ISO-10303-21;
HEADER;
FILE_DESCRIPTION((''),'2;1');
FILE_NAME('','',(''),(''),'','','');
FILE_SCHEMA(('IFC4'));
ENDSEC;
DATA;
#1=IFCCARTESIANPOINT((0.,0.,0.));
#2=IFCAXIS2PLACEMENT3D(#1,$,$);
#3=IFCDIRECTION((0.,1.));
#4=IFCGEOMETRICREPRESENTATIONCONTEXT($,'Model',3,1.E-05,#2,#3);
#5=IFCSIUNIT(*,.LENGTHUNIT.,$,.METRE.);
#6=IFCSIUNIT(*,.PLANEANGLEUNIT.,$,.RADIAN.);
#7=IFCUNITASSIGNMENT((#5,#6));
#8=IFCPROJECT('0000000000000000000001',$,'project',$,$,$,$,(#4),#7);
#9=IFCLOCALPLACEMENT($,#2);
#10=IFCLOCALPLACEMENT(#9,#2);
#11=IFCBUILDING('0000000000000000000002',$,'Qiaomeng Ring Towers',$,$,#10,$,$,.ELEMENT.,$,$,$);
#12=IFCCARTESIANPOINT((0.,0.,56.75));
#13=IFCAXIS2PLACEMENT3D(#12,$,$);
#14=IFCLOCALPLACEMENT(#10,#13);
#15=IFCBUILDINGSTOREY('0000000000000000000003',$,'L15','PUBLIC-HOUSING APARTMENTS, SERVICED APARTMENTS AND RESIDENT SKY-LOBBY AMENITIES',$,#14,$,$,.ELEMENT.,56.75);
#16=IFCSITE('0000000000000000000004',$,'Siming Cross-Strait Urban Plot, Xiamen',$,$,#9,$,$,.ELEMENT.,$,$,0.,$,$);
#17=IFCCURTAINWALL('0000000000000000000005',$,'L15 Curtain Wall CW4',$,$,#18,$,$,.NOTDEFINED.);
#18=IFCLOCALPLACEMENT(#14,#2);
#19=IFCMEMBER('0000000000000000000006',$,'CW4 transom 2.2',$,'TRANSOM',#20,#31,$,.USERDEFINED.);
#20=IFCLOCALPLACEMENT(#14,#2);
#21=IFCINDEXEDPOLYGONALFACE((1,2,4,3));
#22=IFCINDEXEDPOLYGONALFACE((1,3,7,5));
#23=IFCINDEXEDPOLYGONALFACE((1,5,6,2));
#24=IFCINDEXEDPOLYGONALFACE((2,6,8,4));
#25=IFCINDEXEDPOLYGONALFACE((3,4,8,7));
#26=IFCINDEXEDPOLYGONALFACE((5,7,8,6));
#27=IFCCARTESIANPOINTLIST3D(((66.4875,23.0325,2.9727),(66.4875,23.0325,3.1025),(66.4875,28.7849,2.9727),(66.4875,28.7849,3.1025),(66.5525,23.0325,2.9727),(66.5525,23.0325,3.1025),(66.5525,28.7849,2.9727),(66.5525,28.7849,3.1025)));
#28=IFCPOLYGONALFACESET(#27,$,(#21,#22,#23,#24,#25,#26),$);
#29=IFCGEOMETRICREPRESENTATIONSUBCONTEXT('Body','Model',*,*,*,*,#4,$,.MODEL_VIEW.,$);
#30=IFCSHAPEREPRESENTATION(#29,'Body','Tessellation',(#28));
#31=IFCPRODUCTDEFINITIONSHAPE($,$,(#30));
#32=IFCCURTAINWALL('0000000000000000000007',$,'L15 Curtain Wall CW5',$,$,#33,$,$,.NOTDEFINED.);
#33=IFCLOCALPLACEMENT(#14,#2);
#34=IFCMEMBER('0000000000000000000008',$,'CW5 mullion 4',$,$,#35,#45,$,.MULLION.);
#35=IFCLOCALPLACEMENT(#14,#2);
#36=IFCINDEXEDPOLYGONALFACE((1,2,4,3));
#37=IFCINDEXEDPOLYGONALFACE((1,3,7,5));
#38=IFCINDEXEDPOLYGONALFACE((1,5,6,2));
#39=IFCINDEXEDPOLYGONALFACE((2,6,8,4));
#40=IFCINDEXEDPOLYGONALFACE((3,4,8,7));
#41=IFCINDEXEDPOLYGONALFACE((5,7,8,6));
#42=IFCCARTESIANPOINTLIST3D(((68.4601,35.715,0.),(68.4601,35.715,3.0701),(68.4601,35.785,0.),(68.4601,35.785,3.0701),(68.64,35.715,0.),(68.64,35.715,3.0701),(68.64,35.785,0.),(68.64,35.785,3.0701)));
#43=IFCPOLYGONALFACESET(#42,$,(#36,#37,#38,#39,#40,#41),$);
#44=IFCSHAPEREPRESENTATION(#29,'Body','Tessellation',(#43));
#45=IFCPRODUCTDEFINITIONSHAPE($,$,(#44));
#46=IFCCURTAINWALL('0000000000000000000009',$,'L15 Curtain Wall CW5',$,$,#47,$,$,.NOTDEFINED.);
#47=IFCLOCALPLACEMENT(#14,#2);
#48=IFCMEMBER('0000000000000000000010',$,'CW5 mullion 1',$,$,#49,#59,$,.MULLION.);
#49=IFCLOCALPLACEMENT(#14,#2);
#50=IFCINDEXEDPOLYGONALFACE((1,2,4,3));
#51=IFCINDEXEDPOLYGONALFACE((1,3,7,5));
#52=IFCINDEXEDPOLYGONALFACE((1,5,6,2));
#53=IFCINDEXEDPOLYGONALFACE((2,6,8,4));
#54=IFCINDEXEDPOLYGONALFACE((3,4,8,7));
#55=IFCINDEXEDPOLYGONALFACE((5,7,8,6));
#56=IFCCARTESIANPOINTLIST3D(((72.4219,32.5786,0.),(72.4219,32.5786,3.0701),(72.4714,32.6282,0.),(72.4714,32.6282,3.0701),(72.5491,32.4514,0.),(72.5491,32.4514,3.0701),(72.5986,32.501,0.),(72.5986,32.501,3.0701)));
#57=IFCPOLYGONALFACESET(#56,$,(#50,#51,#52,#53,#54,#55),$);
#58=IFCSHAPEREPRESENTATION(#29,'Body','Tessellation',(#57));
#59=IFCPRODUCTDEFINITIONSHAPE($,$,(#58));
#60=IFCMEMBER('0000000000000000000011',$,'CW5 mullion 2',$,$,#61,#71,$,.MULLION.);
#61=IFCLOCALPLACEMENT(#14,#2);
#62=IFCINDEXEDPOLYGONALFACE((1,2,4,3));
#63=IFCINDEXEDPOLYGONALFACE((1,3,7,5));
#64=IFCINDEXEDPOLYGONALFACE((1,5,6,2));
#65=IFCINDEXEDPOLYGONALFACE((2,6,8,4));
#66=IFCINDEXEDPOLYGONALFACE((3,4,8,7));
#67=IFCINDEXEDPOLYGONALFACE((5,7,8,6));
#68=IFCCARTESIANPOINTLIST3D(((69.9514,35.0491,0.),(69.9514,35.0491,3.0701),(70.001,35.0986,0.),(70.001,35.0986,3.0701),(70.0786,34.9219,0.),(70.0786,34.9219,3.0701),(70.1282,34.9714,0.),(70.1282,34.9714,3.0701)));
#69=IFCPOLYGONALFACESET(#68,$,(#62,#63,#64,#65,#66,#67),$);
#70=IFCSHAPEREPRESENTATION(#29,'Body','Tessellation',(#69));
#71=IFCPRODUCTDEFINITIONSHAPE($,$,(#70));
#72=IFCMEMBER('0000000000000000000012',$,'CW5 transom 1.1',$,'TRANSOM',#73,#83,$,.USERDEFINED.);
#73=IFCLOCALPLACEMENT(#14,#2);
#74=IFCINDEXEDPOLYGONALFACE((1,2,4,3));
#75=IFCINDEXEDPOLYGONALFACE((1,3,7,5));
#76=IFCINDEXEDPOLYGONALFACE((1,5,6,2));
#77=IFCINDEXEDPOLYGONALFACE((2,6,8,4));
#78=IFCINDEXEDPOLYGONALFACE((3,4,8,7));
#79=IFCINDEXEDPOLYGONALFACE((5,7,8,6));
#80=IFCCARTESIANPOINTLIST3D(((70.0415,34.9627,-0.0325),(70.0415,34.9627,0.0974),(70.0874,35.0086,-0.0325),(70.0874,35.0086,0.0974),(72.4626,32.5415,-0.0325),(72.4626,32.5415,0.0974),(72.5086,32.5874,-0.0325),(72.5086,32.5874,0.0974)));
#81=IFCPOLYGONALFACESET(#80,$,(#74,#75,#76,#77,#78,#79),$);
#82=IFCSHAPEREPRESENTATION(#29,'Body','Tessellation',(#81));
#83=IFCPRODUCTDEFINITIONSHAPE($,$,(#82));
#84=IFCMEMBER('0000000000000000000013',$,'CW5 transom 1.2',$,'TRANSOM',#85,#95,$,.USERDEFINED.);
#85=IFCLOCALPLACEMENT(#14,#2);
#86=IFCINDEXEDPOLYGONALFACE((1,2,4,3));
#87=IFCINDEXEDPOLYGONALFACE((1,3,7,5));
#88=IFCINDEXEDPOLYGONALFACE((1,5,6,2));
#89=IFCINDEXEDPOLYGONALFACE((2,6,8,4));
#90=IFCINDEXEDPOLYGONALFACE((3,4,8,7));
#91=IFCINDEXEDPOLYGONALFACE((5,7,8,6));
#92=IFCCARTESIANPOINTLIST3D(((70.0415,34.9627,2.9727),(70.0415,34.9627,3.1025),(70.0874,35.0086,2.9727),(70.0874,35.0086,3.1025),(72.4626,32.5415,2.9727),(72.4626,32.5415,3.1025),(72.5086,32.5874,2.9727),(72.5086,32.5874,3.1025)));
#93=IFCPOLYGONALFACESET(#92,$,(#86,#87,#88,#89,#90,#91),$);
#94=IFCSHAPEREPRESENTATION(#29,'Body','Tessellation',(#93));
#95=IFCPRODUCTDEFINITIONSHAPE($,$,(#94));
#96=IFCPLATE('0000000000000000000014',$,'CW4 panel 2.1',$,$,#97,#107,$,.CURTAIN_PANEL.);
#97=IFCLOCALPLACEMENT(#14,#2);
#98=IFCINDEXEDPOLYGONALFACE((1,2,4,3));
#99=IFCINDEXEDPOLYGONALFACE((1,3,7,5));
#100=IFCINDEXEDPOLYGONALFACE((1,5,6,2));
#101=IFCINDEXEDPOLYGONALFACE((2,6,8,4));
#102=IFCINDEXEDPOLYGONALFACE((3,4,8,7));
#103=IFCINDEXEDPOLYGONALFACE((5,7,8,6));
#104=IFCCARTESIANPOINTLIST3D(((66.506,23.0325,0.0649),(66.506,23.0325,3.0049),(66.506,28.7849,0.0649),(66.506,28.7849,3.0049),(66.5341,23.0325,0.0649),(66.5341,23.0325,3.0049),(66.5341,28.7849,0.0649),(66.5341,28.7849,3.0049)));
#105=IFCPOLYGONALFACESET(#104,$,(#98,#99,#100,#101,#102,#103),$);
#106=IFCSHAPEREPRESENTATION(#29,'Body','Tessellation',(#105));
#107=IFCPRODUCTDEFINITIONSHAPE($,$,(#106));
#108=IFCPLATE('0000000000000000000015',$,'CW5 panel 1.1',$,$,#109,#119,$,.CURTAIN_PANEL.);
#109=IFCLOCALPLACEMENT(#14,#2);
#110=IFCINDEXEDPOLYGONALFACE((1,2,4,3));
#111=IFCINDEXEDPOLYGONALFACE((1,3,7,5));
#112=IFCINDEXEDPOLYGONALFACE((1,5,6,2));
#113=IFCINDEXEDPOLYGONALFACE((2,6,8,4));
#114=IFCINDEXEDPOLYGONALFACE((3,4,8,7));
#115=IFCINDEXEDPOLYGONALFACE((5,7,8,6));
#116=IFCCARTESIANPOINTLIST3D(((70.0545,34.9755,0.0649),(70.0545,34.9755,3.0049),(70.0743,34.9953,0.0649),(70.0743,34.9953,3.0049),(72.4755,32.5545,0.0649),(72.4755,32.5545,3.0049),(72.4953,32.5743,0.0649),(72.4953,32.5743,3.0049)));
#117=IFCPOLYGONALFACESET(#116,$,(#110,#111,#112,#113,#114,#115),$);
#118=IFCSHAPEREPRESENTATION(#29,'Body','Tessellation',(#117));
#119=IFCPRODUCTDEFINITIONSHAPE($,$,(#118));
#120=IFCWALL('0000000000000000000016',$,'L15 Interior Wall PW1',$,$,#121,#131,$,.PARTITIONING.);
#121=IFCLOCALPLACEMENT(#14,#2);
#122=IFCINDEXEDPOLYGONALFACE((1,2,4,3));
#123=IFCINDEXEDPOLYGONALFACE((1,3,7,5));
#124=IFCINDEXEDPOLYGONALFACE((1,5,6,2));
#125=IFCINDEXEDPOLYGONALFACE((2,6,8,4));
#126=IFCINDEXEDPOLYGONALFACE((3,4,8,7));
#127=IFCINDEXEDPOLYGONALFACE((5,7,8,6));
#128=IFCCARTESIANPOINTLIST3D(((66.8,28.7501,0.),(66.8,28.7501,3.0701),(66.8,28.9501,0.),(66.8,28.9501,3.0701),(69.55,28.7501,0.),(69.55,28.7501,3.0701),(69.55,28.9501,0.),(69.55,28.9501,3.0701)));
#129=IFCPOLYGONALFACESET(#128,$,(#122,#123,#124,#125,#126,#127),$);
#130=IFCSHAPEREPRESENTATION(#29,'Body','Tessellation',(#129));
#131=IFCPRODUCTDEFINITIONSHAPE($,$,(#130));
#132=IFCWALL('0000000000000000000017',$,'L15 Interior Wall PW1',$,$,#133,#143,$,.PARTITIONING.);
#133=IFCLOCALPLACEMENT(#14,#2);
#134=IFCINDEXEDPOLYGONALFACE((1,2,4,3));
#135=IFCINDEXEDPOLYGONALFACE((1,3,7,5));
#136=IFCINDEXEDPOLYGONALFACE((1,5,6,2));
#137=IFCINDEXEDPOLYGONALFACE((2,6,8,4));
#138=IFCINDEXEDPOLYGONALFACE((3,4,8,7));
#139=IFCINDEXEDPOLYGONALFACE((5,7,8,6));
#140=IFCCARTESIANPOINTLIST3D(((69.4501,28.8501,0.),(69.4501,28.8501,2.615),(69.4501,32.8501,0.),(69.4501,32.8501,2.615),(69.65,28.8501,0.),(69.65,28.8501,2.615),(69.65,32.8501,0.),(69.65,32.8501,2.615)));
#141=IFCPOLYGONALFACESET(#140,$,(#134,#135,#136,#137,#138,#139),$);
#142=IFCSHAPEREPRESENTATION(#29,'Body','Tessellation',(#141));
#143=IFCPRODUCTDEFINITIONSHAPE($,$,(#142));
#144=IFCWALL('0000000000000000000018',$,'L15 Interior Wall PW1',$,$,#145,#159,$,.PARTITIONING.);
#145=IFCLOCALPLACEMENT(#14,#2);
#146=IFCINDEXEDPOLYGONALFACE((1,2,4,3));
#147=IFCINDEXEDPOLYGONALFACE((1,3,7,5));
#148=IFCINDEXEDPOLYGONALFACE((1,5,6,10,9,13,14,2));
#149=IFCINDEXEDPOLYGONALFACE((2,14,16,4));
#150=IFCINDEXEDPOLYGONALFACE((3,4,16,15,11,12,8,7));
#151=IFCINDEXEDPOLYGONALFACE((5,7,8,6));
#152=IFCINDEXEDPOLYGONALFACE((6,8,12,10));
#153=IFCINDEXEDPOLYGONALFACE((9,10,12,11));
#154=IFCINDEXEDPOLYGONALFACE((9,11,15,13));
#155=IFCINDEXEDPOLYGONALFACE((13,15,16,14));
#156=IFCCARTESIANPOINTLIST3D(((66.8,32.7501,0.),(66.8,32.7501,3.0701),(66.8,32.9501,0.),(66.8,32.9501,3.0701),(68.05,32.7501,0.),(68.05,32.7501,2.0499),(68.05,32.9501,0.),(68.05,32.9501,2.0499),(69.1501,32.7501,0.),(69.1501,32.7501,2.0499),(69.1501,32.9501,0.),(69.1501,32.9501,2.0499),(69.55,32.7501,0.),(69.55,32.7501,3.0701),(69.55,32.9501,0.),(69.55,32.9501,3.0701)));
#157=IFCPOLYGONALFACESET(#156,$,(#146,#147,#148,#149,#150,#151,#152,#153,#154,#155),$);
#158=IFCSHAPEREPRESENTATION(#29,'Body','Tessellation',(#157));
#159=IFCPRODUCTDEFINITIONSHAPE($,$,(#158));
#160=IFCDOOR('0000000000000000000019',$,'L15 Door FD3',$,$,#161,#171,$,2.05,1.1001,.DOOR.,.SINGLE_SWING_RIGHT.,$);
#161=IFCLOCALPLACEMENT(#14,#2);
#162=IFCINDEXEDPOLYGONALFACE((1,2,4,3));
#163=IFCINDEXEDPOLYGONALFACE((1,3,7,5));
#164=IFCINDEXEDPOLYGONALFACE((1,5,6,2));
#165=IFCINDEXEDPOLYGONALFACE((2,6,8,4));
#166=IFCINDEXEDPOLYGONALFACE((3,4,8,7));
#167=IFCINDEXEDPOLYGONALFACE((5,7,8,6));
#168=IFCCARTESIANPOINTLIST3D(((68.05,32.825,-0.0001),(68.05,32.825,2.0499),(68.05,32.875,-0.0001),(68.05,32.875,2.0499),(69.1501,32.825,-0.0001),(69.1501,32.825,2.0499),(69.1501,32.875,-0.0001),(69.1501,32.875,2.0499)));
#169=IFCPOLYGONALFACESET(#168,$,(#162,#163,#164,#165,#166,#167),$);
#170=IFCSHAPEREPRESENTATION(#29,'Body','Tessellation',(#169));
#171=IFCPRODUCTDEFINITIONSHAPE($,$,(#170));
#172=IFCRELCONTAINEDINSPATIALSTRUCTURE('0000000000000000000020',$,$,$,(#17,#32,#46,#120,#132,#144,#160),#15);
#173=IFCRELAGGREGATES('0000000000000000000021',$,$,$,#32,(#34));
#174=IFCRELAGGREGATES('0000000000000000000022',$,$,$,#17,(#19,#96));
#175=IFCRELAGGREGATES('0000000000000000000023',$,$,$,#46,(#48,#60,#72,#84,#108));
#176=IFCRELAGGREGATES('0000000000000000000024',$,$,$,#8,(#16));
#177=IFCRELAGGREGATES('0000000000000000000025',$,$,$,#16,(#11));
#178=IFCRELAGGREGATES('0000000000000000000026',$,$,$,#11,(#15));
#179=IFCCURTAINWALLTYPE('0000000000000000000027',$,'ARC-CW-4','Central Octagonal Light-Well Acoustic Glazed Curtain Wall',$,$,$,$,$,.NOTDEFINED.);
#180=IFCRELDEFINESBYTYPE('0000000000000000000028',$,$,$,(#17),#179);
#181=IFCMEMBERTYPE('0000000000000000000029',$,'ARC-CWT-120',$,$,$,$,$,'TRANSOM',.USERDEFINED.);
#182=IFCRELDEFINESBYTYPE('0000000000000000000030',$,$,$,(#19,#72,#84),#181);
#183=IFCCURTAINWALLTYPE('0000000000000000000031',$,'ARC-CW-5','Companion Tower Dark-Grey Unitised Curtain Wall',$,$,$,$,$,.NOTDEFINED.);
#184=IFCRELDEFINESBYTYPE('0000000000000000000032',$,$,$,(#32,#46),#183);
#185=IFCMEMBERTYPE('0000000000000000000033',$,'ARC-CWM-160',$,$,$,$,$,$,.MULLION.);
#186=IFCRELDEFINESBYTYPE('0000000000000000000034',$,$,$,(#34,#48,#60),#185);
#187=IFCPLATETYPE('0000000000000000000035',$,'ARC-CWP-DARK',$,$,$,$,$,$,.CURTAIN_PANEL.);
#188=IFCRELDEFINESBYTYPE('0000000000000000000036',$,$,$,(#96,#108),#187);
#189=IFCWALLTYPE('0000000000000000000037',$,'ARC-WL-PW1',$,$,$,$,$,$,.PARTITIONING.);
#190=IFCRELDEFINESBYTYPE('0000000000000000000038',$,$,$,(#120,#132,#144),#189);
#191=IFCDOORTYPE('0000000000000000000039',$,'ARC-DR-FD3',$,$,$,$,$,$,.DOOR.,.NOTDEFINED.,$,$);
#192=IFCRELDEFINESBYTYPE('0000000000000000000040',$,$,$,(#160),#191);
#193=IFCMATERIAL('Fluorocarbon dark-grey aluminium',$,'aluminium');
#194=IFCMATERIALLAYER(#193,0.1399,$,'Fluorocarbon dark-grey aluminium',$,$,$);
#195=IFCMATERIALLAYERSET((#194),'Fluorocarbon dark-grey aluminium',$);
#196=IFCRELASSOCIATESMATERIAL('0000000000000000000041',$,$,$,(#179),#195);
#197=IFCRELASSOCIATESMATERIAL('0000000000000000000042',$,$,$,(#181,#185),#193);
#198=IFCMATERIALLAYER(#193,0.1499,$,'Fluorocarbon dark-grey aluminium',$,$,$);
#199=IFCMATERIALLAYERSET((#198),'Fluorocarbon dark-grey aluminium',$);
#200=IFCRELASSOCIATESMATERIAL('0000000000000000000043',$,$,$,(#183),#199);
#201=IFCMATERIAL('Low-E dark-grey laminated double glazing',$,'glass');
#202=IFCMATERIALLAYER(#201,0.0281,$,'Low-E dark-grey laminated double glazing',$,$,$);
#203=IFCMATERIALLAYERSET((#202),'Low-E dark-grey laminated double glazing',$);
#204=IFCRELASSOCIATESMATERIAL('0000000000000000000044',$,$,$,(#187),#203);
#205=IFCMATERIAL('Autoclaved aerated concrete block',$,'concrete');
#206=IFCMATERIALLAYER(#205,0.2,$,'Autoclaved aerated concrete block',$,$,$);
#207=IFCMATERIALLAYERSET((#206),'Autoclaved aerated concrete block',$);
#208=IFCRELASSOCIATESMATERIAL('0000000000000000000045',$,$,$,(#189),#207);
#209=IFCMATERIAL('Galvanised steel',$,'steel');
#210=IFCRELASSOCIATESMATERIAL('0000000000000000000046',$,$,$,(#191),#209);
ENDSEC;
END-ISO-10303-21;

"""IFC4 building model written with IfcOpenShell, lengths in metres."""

from ifc_helpers import new_model, si_unit, direction, frame, frame_2d, origin, origin_2d, place, context, subcontext, project, spatial, rectangle, extrude, source, transform, mapped, material, layer, layer_set, material_profile, profile_set, type_object, element, fill, aggregate, save


model = new_model("IFC4")

# Units and contexts
model_context = context("Model", 3, precision=1e-05, world=origin(), true_north=direction((0.0, 1.0)))
body_context = subcontext(model_context, "Body", "Model", "MODEL_VIEW")
ifc_project = project(units=[si_unit("LENGTHUNIT", "METRE"), si_unit("PLANEANGLEUNIT", "RADIAN")], contexts=[model_context])

# Site, building, storey
site_placement = place(None, origin())
site = spatial("IfcSite", under=ifc_project, at=site_placement, Name="Siming Cross-Strait Urban Plot, Xiamen", CompositionType="ELEMENT", RefElevation=0.0)
building_placement = place(site_placement, origin())
building = spatial("IfcBuilding", under=site, at=building_placement, Name="Qiaomeng Ring Towers", CompositionType="ELEMENT")
storey_placement = place(building_placement, frame((0.0, 0.0, 56.75)))
storey = spatial("IfcBuildingStorey", under=building, at=storey_placement, Name="L15", Description="PUBLIC-HOUSING APARTMENTS, SERVICED APARTMENTS AND RESIDENT SKY-LOBBY AMENITIES", CompositionType="ELEMENT", Elevation=56.75)

# Curtain wall, member
ifc_material_1 = material(Name="Fluorocarbon dark-grey aluminium", Category="aluminium")
ifc_layer_1 = layer(ifc_material_1, 0.1399, Name="Fluorocarbon dark-grey aluminium")
ifc_layer_set_1 = layer_set([ifc_layer_1], Name="Fluorocarbon dark-grey aluminium")
curtain_wall_type_1 = type_object("IfcCurtainWallType", Name="ARC-CW-4", Description="Central Octagonal Light-Well Acoustic Glazed Curtain Wall", PredefinedType="NOTDEFINED", material=ifc_layer_set_1)
curtain_wall_1_placement = place(storey_placement, origin())
curtain_wall_1 = element("IfcCurtainWall", 1, at=curtain_wall_1_placement, inside=storey, type_object=curtain_wall_type_1, Name="L15 Curtain Wall CW4", PredefinedType="NOTDEFINED")
ifc_material_profile_1 = material_profile(ifc_material_1, rectangle(XDim=0.0649, YDim=0.1299, at=origin_2d()), Name="ALU TRAN 65x130")
ifc_profile_set_1 = profile_set([ifc_material_profile_1], Name="Fluorocarbon dark-grey aluminium")
member_type_1 = type_object("IfcMemberType", Name="ARC-CWT-120", ElementType="TRANSOM", PredefinedType="USERDEFINED", material=ifc_profile_set_1)
shared_shape_1 = source(origin(), body_context, "Body", "SweptSolid", [
    extrude(rectangle(XDim=0.0649, YDim=0.1299, at=origin_2d()), origin(), (0.0, 0.0, 1.0), 5.7524),
])
member_1_placement = place(storey_placement, frame((66.52, 23.0325, 3.0376), z_axis=(0.0, 1.0, 0.0), x_axis=(-1.0, 0.0, 0.0)))
member_1 = element("IfcMember", 2, at=member_1_placement, type_object=member_type_1, Name="CW4 transom 2.2", ObjectType="TRANSOM", PredefinedType="USERDEFINED", context=body_context, shape_type="MappedRepresentation", body=[
    mapped(shared_shape_1, transform((0.0, 0.0, 0.0), x_axis=(1.0, 0.0, 0.0), y_axis=(0.0, 1.0, 0.0), z_axis=(0.0, 0.0, 1.0), scale=1.0)),
])

# Curtain wall, member
ifc_layer_2 = layer(ifc_material_1, 0.1499, Name="Fluorocarbon dark-grey aluminium")
ifc_layer_set_2 = layer_set([ifc_layer_2], Name="Fluorocarbon dark-grey aluminium")
curtain_wall_type_2 = type_object("IfcCurtainWallType", Name="ARC-CW-5", Description="Companion Tower Dark-Grey Unitised Curtain Wall", PredefinedType="NOTDEFINED", material=ifc_layer_set_2)
curtain_wall_2_placement = place(storey_placement, origin())
curtain_wall_2 = element("IfcCurtainWall", 3, at=curtain_wall_2_placement, inside=storey, type_object=curtain_wall_type_2, Name="L15 Curtain Wall CW5", PredefinedType="NOTDEFINED")
ifc_material_profile_2 = material_profile(ifc_material_1, rectangle(XDim=0.0701, YDim=0.1799, at=origin_2d()), Name="ALU MULL 70x180")
ifc_profile_set_2 = profile_set([ifc_material_profile_2], Name="Fluorocarbon dark-grey aluminium")
member_type_2 = type_object("IfcMemberType", Name="ARC-CWM-160", PredefinedType="MULLION", material=ifc_profile_set_2)
shared_shape_2 = source(origin(), body_context, "Body", "SweptSolid", [
    extrude(rectangle(XDim=0.0701, YDim=0.1799, at=origin_2d()), origin(), (0.0, 0.0, 1.0), 3.0701),
])
member_2_placement = place(storey_placement, frame((68.55, 35.75, 0.0), z_axis=(0.0, 0.0, 1.0), x_axis=(0.0, 1.0, 0.0)))
member_2 = element("IfcMember", 4, at=member_2_placement, type_object=member_type_2, Name="CW5 mullion 4", PredefinedType="MULLION", context=body_context, shape_type="MappedRepresentation", body=[
    mapped(shared_shape_2, transform((0.0, 0.0, 0.0), x_axis=(1.0, 0.0, 0.0), y_axis=(0.0, 1.0, 0.0), z_axis=(0.0, 0.0, 1.0), scale=1.0)),
])
aggregate(curtain_wall_2, [member_2])

# Curtain wall, members
curtain_wall_3_placement = place(storey_placement, origin())
curtain_wall_3 = element("IfcCurtainWall", 5, at=curtain_wall_3_placement, inside=storey, type_object=curtain_wall_type_2, Name="L15 Curtain Wall CW5", PredefinedType="NOTDEFINED")
member_3_placement = place(storey_placement, frame((72.5103, 32.5398, 0.0), z_axis=(0.0, 0.0, 1.0), x_axis=(-0.707107, -0.707107, 0.0)))
member_3 = element("IfcMember", 6, at=member_3_placement, type_object=member_type_2, Name="CW5 mullion 1", PredefinedType="MULLION", context=body_context, shape_type="MappedRepresentation", body=[
    mapped(shared_shape_2, transform((0.0, 0.0, 0.0), x_axis=(1.0, 0.0, 0.0), y_axis=(0.0, 1.0, 0.0), z_axis=(0.0, 0.0, 1.0), scale=1.0)),
])
member_4_placement = place(storey_placement, frame((70.0398, 35.0103, 0.0), z_axis=(0.0, 0.0, 1.0), x_axis=(-0.707107, -0.707107, 0.0)))
member_4 = element("IfcMember", 7, at=member_4_placement, type_object=member_type_2, Name="CW5 mullion 2", PredefinedType="MULLION", context=body_context, shape_type="MappedRepresentation", body=[
    mapped(shared_shape_2, transform((0.0, 0.0, 0.0), x_axis=(1.0, 0.0, 0.0), y_axis=(0.0, 1.0, 0.0), z_axis=(0.0, 0.0, 1.0), scale=1.0)),
])
shared_shape_3 = source(origin(), body_context, "Body", "SweptSolid", [
    extrude(rectangle(XDim=0.0649, YDim=0.1299, at=origin_2d()), origin(), (0.0, 0.0, 1.0), 3.4241),
])
member_5_placement = place(storey_placement, frame((72.4856, 32.5645, 0.0325), z_axis=(-0.707107, 0.707107, 0.0), x_axis=(-0.707107, -0.707107, 0.0)))
member_5 = element("IfcMember", 8, at=member_5_placement, type_object=member_type_1, Name="CW5 transom 1.1", ObjectType="TRANSOM", PredefinedType="USERDEFINED", context=body_context, shape_type="MappedRepresentation", body=[
    mapped(shared_shape_3, transform((0.0, 0.0, 0.0), x_axis=(1.0, 0.0, 0.0), y_axis=(0.0, 1.0, 0.0), z_axis=(0.0, 0.0, 1.0), scale=1.0)),
])
member_6_placement = place(storey_placement, frame((72.4856, 32.5645, 3.0376), z_axis=(-0.707107, 0.707107, 0.0), x_axis=(-0.707107, -0.707107, 0.0)))
member_6 = element("IfcMember", 9, at=member_6_placement, type_object=member_type_1, Name="CW5 transom 1.2", ObjectType="TRANSOM", PredefinedType="USERDEFINED", context=body_context, shape_type="MappedRepresentation", body=[
    mapped(shared_shape_3, transform((0.0, 0.0, 0.0), x_axis=(1.0, 0.0, 0.0), y_axis=(0.0, 1.0, 0.0), z_axis=(0.0, 0.0, 1.0), scale=1.0)),
])

# Plates
ifc_material_2 = material(Name="Low-E dark-grey laminated double glazing", Category="glass")
ifc_layer_3 = layer(ifc_material_2, 0.0281, Name="Low-E dark-grey laminated double glazing")
ifc_layer_set_3 = layer_set([ifc_layer_3], Name="Low-E dark-grey laminated double glazing")
plate_type = type_object("IfcPlateType", Name="ARC-CWP-DARK", PredefinedType="CURTAIN_PANEL", material=ifc_layer_set_3)
shared_shape_4 = source(origin(), body_context, "Body", "SweptSolid", [
    extrude(rectangle(XDim=5.7524, YDim=0.0281, at=origin_2d()), origin(), (0.0, 0.0, 1.0), 2.9399),
])
plate_1_placement = place(storey_placement, frame((66.52, 25.9087, 0.0649), z_axis=(0.0, 0.0, 1.0), x_axis=(0.0, 1.0, 0.0)))
plate_1 = element("IfcPlate", 10, at=plate_1_placement, type_object=plate_type, Name="CW4 panel 2.1", PredefinedType="CURTAIN_PANEL", context=body_context, shape_type="MappedRepresentation", body=[
    mapped(shared_shape_4, transform((0.0, 0.0, 0.0), x_axis=(1.0, 0.0, 0.0), y_axis=(0.0, 1.0, 0.0), z_axis=(0.0, 0.0, 1.0), scale=1.0)),
])
aggregate(curtain_wall_1, [member_1, plate_1])
shared_shape_5 = source(origin(), body_context, "Body", "SweptSolid", [
    extrude(rectangle(XDim=3.4238, YDim=0.0281, at=origin_2d()), origin(), (0.0, 0.0, 1.0), 2.9399),
])
plate_2_placement = place(storey_placement, frame((71.2749, 33.7749, 0.0649), z_axis=(0.0, 0.0, 1.0), x_axis=(-0.707107, 0.707107, 0.0)))
plate_2 = element("IfcPlate", 11, at=plate_2_placement, type_object=plate_type, Name="CW5 panel 1.1", PredefinedType="CURTAIN_PANEL", context=body_context, shape_type="MappedRepresentation", body=[
    mapped(shared_shape_5, transform((0.0, 0.0, 0.0), x_axis=(1.0, 0.0, 0.0), y_axis=(0.0, 1.0, 0.0), z_axis=(0.0, 0.0, 1.0), scale=1.0)),
])
aggregate(curtain_wall_3, [member_3, member_4, member_5, member_6, plate_2])

# Walls
ifc_material_3 = material(Name="Autoclaved aerated concrete block", Category="concrete")
ifc_layer_4 = layer(ifc_material_3, 0.2, Name="Autoclaved aerated concrete block")
ifc_layer_set_4 = layer_set([ifc_layer_4], Name="Autoclaved aerated concrete block")
wall_type_1 = type_object("IfcWallType", Name="ARC-WL-PW1", PredefinedType="PARTITIONING", material=ifc_layer_set_4)
wall_1_placement = place(storey_placement, frame((66.8, 28.8501, 0.0), z_axis=(0.0, 0.0, 1.0), x_axis=(1.0, 0.0, 0.0)))
element("IfcWall", 12, at=wall_1_placement, inside=storey, type_object=wall_type_1, Name="L15 Interior Wall PW1", PredefinedType="PARTITIONING", context=body_context, shape_type="SweptSolid", body=[
    extrude(rectangle(XDim=2.75, YDim=0.2, at=frame_2d((1.375, 0.0))), origin(), (0.0, 0.0, 1.0), 3.0701),
])
wall_2_placement = place(storey_placement, frame((69.55, 28.8501, 0.0), z_axis=(0.0, 0.0, 1.0), x_axis=(0.0, 1.0, 0.0)))
element("IfcWall", 13, at=wall_2_placement, inside=storey, type_object=wall_type_1, Name="L15 Interior Wall PW1", PredefinedType="PARTITIONING", context=body_context, shape_type="SweptSolid", body=[
    extrude(rectangle(XDim=4.0, YDim=0.2, at=frame_2d((2.0, 0.0))), origin(), (0.0, 0.0, 1.0), 2.615),
])

# Wall, opening, door
wall_3_placement = place(storey_placement, frame((66.8, 32.8501, 0.0), z_axis=(0.0, 0.0, 1.0), x_axis=(1.0, 0.0, 0.0)))
wall_3 = element("IfcWall", 14, at=wall_3_placement, inside=storey, type_object=wall_type_1, Name="L15 Interior Wall PW1", PredefinedType="PARTITIONING", context=body_context, shape_type="SweptSolid", body=[
    extrude(rectangle(XDim=2.75, YDim=0.2, at=frame_2d((1.375, 0.0))), origin(), (0.0, 0.0, 1.0), 3.0701),
])
opening_1_placement = place(wall_3_placement, frame((1.25, 0.0, 0.0)))
opening_1 = element("IfcOpeningElement", 15, at=opening_1_placement, cuts=wall_3, PredefinedType="OPENING", context=body_context, shape_type="SweptSolid", body=[
    extrude(rectangle(XDim=1.1001, YDim=2.05, at=frame_2d((0.55, 1.0249))), frame((0.0, 0.1099, 0.0), z_axis=(0.0, -1.0, 0.0), x_axis=(1.0, 0.0, 0.0)), (0.0, 0.0, 1.0), 0.22),
])
ifc_material_4 = material(Name="Galvanised steel", Category="steel")
door_type_1 = type_object("IfcDoorType", Name="ARC-DR-FD3", OperationType="NOTDEFINED", PredefinedType="DOOR", material=ifc_material_4)
shared_shape_6 = source(origin(), body_context, "Body", "SweptSolid", [
    extrude(rectangle(XDim=1.1001, YDim=2.05, at=frame_2d((0.55, 1.0249))), frame((0.0, 0.0249, 0.0), z_axis=(0.0, -1.0, 0.0), x_axis=(1.0, 0.0, 0.0)), (0.0, 0.0, 1.0), 0.05),
])
door_1_placement = place(opening_1_placement, origin())
door_1 = element("IfcDoor", 16, at=door_1_placement, inside=storey, type_object=door_type_1, Name="L15 Door FD3", OperationType="SINGLE_SWING_RIGHT", OverallHeight=2.05, OverallWidth=1.1001, PredefinedType="DOOR", context=body_context, shape_type="MappedRepresentation", body=[
    mapped(shared_shape_6, transform((0.0, 0.0, 0.0), x_axis=(1.0, 0.0, 0.0), y_axis=(0.0, 1.0, 0.0), z_axis=(0.0, 0.0, 1.0), scale=1.0)),
])
fill(opening_1, door_1)

save(model, "model.ifc")
